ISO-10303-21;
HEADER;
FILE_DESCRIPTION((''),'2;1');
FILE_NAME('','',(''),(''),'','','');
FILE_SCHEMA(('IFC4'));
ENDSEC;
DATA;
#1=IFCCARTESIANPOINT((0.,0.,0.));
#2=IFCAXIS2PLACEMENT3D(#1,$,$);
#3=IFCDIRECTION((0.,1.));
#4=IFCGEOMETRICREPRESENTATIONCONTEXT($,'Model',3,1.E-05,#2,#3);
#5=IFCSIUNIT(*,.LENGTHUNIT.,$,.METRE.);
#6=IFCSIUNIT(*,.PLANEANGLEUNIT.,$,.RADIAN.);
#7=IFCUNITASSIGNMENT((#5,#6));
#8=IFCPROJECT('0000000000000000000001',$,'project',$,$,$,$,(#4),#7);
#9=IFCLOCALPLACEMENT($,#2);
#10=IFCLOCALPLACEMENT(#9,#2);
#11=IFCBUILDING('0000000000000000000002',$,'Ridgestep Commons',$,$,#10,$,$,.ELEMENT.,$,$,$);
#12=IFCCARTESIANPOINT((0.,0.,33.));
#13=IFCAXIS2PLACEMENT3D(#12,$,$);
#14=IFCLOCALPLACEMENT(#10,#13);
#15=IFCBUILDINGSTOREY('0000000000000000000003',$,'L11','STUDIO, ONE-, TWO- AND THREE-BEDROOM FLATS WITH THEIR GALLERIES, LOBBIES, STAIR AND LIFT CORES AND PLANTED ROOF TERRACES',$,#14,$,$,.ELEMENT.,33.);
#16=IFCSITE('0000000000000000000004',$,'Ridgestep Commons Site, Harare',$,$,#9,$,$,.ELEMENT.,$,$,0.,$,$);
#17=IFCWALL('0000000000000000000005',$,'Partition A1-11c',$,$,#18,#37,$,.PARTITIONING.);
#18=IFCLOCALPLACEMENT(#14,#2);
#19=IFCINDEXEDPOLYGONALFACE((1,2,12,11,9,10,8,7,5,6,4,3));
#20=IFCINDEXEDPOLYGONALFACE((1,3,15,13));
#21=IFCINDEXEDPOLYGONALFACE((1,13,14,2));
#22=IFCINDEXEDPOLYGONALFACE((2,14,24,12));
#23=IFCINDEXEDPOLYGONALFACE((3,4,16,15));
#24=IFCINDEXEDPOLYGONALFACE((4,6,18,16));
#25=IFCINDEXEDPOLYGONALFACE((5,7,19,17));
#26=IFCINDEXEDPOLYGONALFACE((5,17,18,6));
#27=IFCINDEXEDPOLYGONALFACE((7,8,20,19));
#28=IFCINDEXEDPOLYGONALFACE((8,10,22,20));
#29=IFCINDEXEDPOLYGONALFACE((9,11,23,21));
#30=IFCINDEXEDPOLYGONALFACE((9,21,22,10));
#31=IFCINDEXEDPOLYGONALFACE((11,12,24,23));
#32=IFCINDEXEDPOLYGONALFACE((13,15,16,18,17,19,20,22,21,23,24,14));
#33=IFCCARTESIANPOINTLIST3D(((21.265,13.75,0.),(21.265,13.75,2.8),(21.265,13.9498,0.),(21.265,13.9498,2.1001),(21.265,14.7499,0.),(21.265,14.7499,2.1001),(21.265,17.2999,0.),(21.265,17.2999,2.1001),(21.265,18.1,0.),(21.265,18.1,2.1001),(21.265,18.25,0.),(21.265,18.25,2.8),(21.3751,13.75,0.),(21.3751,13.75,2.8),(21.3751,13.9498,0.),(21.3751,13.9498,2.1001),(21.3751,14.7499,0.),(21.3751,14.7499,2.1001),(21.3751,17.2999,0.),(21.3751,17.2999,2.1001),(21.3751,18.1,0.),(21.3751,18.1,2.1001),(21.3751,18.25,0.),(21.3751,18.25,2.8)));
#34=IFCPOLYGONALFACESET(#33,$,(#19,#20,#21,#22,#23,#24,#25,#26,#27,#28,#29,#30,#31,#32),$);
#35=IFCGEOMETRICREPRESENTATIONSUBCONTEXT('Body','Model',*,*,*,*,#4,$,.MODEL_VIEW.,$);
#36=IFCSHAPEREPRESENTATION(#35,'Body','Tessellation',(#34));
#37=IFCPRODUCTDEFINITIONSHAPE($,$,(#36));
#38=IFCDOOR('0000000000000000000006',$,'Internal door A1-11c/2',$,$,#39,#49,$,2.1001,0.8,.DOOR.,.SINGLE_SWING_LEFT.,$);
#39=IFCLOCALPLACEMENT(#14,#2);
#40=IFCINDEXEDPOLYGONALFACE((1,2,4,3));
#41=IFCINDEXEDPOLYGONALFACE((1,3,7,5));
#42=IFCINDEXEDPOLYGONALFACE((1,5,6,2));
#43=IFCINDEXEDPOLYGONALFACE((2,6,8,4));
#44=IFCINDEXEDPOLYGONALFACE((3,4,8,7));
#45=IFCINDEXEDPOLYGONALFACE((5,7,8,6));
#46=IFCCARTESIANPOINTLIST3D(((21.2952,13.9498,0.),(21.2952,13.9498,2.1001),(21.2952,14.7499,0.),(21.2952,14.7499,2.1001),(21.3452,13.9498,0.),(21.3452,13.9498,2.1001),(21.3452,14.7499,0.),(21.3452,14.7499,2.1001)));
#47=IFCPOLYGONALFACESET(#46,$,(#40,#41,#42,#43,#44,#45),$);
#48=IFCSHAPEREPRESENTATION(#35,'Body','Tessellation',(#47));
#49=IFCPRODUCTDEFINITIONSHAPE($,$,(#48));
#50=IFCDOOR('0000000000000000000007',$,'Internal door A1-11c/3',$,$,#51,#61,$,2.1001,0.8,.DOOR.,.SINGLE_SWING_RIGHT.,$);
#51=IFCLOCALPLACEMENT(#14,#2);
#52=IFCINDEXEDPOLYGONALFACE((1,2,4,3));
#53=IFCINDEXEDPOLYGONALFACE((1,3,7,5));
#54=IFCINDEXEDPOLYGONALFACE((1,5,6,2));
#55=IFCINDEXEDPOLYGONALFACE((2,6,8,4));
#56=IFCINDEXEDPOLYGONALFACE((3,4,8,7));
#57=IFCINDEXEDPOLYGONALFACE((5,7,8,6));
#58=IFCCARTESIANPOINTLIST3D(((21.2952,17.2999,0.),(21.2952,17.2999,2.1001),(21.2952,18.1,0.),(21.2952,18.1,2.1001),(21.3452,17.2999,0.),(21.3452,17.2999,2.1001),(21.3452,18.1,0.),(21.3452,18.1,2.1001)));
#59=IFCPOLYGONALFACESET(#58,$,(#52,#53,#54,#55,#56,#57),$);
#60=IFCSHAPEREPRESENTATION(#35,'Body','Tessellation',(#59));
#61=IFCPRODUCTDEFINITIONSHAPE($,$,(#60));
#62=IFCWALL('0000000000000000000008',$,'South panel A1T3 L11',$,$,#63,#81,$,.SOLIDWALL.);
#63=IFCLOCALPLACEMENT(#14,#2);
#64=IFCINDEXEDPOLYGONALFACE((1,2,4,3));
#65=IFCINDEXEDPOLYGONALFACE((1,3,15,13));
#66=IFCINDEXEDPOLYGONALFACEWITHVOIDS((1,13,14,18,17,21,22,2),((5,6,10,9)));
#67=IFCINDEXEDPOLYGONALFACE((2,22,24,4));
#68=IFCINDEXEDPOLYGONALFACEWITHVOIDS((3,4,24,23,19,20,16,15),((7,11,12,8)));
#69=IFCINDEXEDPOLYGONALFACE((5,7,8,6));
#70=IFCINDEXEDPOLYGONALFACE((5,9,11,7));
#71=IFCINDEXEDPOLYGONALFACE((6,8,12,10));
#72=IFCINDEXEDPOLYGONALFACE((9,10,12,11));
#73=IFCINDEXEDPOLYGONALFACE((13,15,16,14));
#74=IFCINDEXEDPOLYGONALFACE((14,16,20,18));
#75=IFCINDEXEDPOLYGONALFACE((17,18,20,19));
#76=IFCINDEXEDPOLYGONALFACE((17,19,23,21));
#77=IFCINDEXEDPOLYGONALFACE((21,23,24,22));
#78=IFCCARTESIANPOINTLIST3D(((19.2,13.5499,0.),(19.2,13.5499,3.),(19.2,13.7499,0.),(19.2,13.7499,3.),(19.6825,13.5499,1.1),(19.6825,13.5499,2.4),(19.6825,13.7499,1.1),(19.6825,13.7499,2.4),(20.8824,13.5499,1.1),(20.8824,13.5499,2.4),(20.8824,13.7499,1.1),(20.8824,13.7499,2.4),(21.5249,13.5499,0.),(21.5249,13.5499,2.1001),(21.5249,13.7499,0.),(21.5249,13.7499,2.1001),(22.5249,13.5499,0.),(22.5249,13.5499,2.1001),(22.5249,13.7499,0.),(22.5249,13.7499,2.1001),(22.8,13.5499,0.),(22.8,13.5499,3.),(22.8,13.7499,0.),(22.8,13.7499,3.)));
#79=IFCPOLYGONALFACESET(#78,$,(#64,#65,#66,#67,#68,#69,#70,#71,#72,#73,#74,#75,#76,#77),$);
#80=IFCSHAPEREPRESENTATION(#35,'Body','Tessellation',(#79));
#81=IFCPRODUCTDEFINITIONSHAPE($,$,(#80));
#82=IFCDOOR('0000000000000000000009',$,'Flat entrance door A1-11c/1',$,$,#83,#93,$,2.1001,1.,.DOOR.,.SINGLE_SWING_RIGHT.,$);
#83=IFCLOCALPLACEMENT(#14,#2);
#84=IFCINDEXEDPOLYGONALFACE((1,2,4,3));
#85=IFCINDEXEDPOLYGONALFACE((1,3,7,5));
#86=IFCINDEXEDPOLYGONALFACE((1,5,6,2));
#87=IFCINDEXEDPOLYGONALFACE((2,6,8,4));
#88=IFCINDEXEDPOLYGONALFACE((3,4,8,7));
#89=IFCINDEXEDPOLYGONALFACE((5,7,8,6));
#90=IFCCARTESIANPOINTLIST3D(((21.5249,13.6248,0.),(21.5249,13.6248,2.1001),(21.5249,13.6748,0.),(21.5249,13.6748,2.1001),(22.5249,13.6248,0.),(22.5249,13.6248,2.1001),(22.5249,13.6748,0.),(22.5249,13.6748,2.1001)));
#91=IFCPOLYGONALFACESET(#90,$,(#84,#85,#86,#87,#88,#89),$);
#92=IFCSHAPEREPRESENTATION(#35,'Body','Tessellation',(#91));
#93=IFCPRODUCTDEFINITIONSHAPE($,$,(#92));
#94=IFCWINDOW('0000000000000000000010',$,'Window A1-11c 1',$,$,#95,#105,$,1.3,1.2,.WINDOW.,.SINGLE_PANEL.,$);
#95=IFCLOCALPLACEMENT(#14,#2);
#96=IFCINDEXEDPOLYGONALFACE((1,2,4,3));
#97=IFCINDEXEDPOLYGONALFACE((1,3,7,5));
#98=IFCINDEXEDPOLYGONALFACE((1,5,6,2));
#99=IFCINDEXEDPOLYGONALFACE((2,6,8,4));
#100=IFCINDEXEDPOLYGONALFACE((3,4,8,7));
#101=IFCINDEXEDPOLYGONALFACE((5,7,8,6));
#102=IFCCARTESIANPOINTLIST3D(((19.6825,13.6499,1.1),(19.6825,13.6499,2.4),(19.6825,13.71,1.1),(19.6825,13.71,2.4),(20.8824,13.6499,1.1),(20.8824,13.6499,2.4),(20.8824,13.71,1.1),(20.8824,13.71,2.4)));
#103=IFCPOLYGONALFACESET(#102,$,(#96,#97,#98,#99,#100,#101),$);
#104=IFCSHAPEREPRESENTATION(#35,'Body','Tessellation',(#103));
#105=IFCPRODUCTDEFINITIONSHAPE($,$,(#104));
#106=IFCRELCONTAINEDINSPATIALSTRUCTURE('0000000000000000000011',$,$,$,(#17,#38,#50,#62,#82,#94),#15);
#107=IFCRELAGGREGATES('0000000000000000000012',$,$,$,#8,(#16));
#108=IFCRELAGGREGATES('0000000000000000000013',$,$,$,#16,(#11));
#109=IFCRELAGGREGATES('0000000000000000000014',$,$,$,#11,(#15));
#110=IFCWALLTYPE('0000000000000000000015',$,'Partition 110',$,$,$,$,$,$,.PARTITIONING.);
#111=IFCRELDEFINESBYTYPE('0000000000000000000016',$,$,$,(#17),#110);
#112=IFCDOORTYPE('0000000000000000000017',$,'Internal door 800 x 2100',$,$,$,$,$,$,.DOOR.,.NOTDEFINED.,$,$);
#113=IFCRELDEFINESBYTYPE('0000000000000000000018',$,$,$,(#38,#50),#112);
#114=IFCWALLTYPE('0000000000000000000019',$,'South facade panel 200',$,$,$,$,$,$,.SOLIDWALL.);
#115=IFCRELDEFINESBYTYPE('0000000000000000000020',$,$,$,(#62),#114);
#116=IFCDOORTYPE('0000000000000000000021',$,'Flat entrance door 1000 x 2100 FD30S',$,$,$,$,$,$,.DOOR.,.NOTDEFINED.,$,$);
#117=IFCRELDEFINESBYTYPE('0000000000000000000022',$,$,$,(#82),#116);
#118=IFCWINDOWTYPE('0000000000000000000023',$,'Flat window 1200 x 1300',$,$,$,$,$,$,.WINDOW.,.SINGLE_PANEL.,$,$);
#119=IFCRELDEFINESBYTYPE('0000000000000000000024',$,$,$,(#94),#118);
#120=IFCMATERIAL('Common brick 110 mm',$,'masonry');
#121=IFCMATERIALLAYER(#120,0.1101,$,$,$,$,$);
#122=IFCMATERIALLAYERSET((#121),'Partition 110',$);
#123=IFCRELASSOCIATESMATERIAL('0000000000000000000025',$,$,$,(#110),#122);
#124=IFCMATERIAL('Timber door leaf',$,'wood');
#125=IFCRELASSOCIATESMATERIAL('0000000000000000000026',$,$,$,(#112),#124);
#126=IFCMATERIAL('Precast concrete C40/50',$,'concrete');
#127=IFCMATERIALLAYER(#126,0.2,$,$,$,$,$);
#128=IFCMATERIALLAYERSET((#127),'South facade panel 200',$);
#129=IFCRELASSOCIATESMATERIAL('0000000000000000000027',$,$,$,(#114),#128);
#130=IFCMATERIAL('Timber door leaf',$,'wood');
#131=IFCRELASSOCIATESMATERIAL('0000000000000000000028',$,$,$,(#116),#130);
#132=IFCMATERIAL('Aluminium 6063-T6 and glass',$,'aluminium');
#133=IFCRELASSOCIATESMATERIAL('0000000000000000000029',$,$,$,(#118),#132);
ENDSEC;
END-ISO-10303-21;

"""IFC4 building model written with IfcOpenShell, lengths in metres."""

from ifc_helpers import new_model, si_unit, direction, frame, frame_2d, origin, place, context, subcontext, project, spatial, rectangle, extrude, material, layer, layer_set, type_object, element, fill, save


model = new_model("IFC4")

# Units and contexts
model_context = context("Model", 3, precision=1e-05, world=origin(), true_north=direction((0.0, 1.0)))
body_context = subcontext(model_context, "Body", "Model", "MODEL_VIEW")
ifc_project = project(units=[si_unit("LENGTHUNIT", "METRE"), si_unit("PLANEANGLEUNIT", "RADIAN")], contexts=[model_context])

# Site, building, storey
site_placement = place(None, origin())
site = spatial("IfcSite", under=ifc_project, at=site_placement, Name="Ridgestep Commons Site, Harare", CompositionType="ELEMENT", RefElevation=0.0)
building_placement = place(site_placement, origin())
building = spatial("IfcBuilding", under=site, at=building_placement, Name="Ridgestep Commons", CompositionType="ELEMENT")
storey_placement = place(building_placement, frame((0.0, 0.0, 33.0)))
storey = spatial("IfcBuildingStorey", under=building, at=storey_placement, Name="L11", Description="STUDIO, ONE-, TWO- AND THREE-BEDROOM FLATS WITH THEIR GALLERIES, LOBBIES, STAIR AND LIFT CORES AND PLANTED ROOF TERRACES", CompositionType="ELEMENT", Elevation=33.0)

# Wall, openings, doors
ifc_material_1 = material(Name="Common brick 110 mm", Category="masonry")
ifc_layer_1 = layer(ifc_material_1, 0.1101)
ifc_layer_set_1 = layer_set([ifc_layer_1], Name="Partition 110")
wall_type_1 = type_object("IfcWallType", Name="Partition 110", PredefinedType="PARTITIONING", material=ifc_layer_set_1)
wall_1_placement = place(storey_placement, frame((21.3201, 13.75, 0.0), z_axis=(0.0, 0.0, 1.0), x_axis=(0.0, 1.0, 0.0)))
wall_1 = element("IfcWall", 1, at=wall_1_placement, inside=storey, type_object=wall_type_1, Name="Partition A1-11c", PredefinedType="PARTITIONING", context=body_context, shape_type="SweptSolid", body=[
    extrude(rectangle(XDim=4.5, YDim=0.1101, at=frame_2d((2.25, 0.0))), origin(), (0.0, 0.0, 1.0), 2.8),
])
opening_1_placement = place(wall_1_placement, frame((0.2, 0.0, 0.0)))
opening_1 = element("IfcOpeningElement", 2, at=opening_1_placement, cuts=wall_1, PredefinedType="OPENING", context=body_context, shape_type="SweptSolid", body=[
    extrude(rectangle(XDim=0.8, YDim=2.1001, at=frame_2d((0.3999, 1.05))), frame((0.0, 0.0649, 0.0), z_axis=(0.0, -1.0, 0.0), x_axis=(1.0, 0.0, 0.0)), (0.0, 0.0, 1.0), 0.1301),
])
opening_2_placement = place(wall_1_placement, frame((3.55, 0.0, 0.0)))
opening_2 = element("IfcOpeningElement", 3, at=opening_2_placement, cuts=wall_1, PredefinedType="OPENING", context=body_context, shape_type="SweptSolid", body=[
    extrude(rectangle(XDim=0.8, YDim=2.1001, at=frame_2d((0.3999, 1.05))), frame((0.0, 0.0649, 0.0), z_axis=(0.0, -1.0, 0.0), x_axis=(1.0, 0.0, 0.0)), (0.0, 0.0, 1.0), 0.1301),
])
ifc_material_2 = material(Name="Timber door leaf", Category="wood")
door_type_1 = type_object("IfcDoorType", Name="Internal door 800 x 2100", OperationType="NOTDEFINED", PredefinedType="DOOR", material=ifc_material_2)
door_1_placement = place(opening_1_placement, origin())
door_1 = element("IfcDoor", 4, at=door_1_placement, inside=storey, type_object=door_type_1, Name="Internal door A1-11c/2", OperationType="SINGLE_SWING_LEFT", OverallHeight=2.1001, OverallWidth=0.8, PredefinedType="DOOR", context=body_context, shape_type="SweptSolid", body=[
    extrude(rectangle(XDim=0.8, YDim=2.1001, at=frame_2d((0.3999, 1.05))), frame((0.0, 0.0249, 0.0), z_axis=(0.0, -1.0, 0.0), x_axis=(1.0, 0.0, 0.0)), (0.0, 0.0, 1.0), 0.05),
])
fill(opening_1, door_1)
door_2_placement = place(opening_2_placement, origin())
door_2 = element("IfcDoor", 5, at=door_2_placement, inside=storey, type_object=door_type_1, Name="Internal door A1-11c/3", OperationType="SINGLE_SWING_RIGHT", OverallHeight=2.1001, OverallWidth=0.8, PredefinedType="DOOR", context=body_context, shape_type="SweptSolid", body=[
    extrude(rectangle(XDim=0.8, YDim=2.1001, at=frame_2d((0.3999, 1.05))), frame((0.0, 0.0249, 0.0), z_axis=(0.0, -1.0, 0.0), x_axis=(1.0, 0.0, 0.0)), (0.0, 0.0, 1.0), 0.05),
])
fill(opening_2, door_2)

# Wall, openings, door, window
ifc_material_3 = material(Name="Precast concrete C40/50", Category="concrete")
ifc_layer_2 = layer(ifc_material_3, 0.2)
ifc_layer_set_2 = layer_set([ifc_layer_2], Name="South facade panel 200")
wall_type_2 = type_object("IfcWallType", Name="South facade panel 200", PredefinedType="SOLIDWALL", material=ifc_layer_set_2)
wall_2_placement = place(storey_placement, frame((19.2, 13.6499, 0.0), z_axis=(0.0, 0.0, 1.0), x_axis=(1.0, 0.0, 0.0)))
wall_2 = element("IfcWall", 6, at=wall_2_placement, inside=storey, type_object=wall_type_2, Name="South panel A1T3 L11", PredefinedType="SOLIDWALL", context=body_context, shape_type="SweptSolid", body=[
    extrude(rectangle(XDim=3.6001, YDim=0.2, at=frame_2d((1.8, 0.0))), origin(), (0.0, 0.0, 1.0), 3.0),
])
opening_3_placement = place(wall_2_placement, frame((0.4824, 0.0, 1.1001)))
opening_3 = element("IfcOpeningElement", 7, at=opening_3_placement, cuts=wall_2, PredefinedType="OPENING", context=body_context, shape_type="SweptSolid", body=[
    extrude(rectangle(XDim=1.2, YDim=1.3, at=frame_2d((0.6001, 0.6499))), frame((0.0, 0.1099, 0.0), z_axis=(0.0, -1.0, 0.0), x_axis=(1.0, 0.0, 0.0)), (0.0, 0.0, 1.0), 0.22),
])
opening_4_placement = place(wall_2_placement, frame((2.325, 0.0, 0.0)))
opening_4 = element("IfcOpeningElement", 8, at=opening_4_placement, cuts=wall_2, PredefinedType="OPENING", context=body_context, shape_type="SweptSolid", body=[
    extrude(rectangle(XDim=1.0, YDim=2.1001, at=frame_2d((0.5, 1.05))), frame((0.0, 0.1099, 0.0), z_axis=(0.0, -1.0, 0.0), x_axis=(1.0, 0.0, 0.0)), (0.0, 0.0, 1.0), 0.22),
])
ifc_material_4 = material(Name="Timber door leaf", Category="wood")
door_type_2 = type_object("IfcDoorType", Name="Flat entrance door 1000 x 2100 FD30S", OperationType="NOTDEFINED", PredefinedType="DOOR", material=ifc_material_4)
door_3_placement = place(opening_4_placement, origin())
door_3 = element("IfcDoor", 9, at=door_3_placement, inside=storey, type_object=door_type_2, Name="Flat entrance door A1-11c/1", OperationType="SINGLE_SWING_RIGHT", OverallHeight=2.1001, OverallWidth=1.0, PredefinedType="DOOR", context=body_context, shape_type="SweptSolid", body=[
    extrude(rectangle(XDim=1.0, YDim=2.1001, at=frame_2d((0.5, 1.05))), frame((0.0, 0.0249, 0.0), z_axis=(0.0, -1.0, 0.0), x_axis=(1.0, 0.0, 0.0)), (0.0, 0.0, 1.0), 0.05),
])
fill(opening_4, door_3)
ifc_material_5 = material(Name="Aluminium 6063-T6 and glass", Category="aluminium")
window_type = type_object("IfcWindowType", Name="Flat window 1200 x 1300", PartitioningType="SINGLE_PANEL", PredefinedType="WINDOW", material=ifc_material_5)
window_placement = place(opening_3_placement, origin())
window = element("IfcWindow", 10, at=window_placement, inside=storey, type_object=window_type, Name="Window A1-11c 1", OverallHeight=1.3, OverallWidth=1.2, PartitioningType="SINGLE_PANEL", PredefinedType="WINDOW", context=body_context, shape_type="SweptSolid", body=[
    extrude(rectangle(XDim=1.2, YDim=1.3, at=frame_2d((0.6001, 0.6499))), frame((0.0, 0.0601, 0.0), z_axis=(0.0, -1.0, 0.0), x_axis=(1.0, 0.0, 0.0)), (0.0, 0.0, 1.0), 0.0601),
])
fill(opening_3, window)

save(model, "model.ifc")
